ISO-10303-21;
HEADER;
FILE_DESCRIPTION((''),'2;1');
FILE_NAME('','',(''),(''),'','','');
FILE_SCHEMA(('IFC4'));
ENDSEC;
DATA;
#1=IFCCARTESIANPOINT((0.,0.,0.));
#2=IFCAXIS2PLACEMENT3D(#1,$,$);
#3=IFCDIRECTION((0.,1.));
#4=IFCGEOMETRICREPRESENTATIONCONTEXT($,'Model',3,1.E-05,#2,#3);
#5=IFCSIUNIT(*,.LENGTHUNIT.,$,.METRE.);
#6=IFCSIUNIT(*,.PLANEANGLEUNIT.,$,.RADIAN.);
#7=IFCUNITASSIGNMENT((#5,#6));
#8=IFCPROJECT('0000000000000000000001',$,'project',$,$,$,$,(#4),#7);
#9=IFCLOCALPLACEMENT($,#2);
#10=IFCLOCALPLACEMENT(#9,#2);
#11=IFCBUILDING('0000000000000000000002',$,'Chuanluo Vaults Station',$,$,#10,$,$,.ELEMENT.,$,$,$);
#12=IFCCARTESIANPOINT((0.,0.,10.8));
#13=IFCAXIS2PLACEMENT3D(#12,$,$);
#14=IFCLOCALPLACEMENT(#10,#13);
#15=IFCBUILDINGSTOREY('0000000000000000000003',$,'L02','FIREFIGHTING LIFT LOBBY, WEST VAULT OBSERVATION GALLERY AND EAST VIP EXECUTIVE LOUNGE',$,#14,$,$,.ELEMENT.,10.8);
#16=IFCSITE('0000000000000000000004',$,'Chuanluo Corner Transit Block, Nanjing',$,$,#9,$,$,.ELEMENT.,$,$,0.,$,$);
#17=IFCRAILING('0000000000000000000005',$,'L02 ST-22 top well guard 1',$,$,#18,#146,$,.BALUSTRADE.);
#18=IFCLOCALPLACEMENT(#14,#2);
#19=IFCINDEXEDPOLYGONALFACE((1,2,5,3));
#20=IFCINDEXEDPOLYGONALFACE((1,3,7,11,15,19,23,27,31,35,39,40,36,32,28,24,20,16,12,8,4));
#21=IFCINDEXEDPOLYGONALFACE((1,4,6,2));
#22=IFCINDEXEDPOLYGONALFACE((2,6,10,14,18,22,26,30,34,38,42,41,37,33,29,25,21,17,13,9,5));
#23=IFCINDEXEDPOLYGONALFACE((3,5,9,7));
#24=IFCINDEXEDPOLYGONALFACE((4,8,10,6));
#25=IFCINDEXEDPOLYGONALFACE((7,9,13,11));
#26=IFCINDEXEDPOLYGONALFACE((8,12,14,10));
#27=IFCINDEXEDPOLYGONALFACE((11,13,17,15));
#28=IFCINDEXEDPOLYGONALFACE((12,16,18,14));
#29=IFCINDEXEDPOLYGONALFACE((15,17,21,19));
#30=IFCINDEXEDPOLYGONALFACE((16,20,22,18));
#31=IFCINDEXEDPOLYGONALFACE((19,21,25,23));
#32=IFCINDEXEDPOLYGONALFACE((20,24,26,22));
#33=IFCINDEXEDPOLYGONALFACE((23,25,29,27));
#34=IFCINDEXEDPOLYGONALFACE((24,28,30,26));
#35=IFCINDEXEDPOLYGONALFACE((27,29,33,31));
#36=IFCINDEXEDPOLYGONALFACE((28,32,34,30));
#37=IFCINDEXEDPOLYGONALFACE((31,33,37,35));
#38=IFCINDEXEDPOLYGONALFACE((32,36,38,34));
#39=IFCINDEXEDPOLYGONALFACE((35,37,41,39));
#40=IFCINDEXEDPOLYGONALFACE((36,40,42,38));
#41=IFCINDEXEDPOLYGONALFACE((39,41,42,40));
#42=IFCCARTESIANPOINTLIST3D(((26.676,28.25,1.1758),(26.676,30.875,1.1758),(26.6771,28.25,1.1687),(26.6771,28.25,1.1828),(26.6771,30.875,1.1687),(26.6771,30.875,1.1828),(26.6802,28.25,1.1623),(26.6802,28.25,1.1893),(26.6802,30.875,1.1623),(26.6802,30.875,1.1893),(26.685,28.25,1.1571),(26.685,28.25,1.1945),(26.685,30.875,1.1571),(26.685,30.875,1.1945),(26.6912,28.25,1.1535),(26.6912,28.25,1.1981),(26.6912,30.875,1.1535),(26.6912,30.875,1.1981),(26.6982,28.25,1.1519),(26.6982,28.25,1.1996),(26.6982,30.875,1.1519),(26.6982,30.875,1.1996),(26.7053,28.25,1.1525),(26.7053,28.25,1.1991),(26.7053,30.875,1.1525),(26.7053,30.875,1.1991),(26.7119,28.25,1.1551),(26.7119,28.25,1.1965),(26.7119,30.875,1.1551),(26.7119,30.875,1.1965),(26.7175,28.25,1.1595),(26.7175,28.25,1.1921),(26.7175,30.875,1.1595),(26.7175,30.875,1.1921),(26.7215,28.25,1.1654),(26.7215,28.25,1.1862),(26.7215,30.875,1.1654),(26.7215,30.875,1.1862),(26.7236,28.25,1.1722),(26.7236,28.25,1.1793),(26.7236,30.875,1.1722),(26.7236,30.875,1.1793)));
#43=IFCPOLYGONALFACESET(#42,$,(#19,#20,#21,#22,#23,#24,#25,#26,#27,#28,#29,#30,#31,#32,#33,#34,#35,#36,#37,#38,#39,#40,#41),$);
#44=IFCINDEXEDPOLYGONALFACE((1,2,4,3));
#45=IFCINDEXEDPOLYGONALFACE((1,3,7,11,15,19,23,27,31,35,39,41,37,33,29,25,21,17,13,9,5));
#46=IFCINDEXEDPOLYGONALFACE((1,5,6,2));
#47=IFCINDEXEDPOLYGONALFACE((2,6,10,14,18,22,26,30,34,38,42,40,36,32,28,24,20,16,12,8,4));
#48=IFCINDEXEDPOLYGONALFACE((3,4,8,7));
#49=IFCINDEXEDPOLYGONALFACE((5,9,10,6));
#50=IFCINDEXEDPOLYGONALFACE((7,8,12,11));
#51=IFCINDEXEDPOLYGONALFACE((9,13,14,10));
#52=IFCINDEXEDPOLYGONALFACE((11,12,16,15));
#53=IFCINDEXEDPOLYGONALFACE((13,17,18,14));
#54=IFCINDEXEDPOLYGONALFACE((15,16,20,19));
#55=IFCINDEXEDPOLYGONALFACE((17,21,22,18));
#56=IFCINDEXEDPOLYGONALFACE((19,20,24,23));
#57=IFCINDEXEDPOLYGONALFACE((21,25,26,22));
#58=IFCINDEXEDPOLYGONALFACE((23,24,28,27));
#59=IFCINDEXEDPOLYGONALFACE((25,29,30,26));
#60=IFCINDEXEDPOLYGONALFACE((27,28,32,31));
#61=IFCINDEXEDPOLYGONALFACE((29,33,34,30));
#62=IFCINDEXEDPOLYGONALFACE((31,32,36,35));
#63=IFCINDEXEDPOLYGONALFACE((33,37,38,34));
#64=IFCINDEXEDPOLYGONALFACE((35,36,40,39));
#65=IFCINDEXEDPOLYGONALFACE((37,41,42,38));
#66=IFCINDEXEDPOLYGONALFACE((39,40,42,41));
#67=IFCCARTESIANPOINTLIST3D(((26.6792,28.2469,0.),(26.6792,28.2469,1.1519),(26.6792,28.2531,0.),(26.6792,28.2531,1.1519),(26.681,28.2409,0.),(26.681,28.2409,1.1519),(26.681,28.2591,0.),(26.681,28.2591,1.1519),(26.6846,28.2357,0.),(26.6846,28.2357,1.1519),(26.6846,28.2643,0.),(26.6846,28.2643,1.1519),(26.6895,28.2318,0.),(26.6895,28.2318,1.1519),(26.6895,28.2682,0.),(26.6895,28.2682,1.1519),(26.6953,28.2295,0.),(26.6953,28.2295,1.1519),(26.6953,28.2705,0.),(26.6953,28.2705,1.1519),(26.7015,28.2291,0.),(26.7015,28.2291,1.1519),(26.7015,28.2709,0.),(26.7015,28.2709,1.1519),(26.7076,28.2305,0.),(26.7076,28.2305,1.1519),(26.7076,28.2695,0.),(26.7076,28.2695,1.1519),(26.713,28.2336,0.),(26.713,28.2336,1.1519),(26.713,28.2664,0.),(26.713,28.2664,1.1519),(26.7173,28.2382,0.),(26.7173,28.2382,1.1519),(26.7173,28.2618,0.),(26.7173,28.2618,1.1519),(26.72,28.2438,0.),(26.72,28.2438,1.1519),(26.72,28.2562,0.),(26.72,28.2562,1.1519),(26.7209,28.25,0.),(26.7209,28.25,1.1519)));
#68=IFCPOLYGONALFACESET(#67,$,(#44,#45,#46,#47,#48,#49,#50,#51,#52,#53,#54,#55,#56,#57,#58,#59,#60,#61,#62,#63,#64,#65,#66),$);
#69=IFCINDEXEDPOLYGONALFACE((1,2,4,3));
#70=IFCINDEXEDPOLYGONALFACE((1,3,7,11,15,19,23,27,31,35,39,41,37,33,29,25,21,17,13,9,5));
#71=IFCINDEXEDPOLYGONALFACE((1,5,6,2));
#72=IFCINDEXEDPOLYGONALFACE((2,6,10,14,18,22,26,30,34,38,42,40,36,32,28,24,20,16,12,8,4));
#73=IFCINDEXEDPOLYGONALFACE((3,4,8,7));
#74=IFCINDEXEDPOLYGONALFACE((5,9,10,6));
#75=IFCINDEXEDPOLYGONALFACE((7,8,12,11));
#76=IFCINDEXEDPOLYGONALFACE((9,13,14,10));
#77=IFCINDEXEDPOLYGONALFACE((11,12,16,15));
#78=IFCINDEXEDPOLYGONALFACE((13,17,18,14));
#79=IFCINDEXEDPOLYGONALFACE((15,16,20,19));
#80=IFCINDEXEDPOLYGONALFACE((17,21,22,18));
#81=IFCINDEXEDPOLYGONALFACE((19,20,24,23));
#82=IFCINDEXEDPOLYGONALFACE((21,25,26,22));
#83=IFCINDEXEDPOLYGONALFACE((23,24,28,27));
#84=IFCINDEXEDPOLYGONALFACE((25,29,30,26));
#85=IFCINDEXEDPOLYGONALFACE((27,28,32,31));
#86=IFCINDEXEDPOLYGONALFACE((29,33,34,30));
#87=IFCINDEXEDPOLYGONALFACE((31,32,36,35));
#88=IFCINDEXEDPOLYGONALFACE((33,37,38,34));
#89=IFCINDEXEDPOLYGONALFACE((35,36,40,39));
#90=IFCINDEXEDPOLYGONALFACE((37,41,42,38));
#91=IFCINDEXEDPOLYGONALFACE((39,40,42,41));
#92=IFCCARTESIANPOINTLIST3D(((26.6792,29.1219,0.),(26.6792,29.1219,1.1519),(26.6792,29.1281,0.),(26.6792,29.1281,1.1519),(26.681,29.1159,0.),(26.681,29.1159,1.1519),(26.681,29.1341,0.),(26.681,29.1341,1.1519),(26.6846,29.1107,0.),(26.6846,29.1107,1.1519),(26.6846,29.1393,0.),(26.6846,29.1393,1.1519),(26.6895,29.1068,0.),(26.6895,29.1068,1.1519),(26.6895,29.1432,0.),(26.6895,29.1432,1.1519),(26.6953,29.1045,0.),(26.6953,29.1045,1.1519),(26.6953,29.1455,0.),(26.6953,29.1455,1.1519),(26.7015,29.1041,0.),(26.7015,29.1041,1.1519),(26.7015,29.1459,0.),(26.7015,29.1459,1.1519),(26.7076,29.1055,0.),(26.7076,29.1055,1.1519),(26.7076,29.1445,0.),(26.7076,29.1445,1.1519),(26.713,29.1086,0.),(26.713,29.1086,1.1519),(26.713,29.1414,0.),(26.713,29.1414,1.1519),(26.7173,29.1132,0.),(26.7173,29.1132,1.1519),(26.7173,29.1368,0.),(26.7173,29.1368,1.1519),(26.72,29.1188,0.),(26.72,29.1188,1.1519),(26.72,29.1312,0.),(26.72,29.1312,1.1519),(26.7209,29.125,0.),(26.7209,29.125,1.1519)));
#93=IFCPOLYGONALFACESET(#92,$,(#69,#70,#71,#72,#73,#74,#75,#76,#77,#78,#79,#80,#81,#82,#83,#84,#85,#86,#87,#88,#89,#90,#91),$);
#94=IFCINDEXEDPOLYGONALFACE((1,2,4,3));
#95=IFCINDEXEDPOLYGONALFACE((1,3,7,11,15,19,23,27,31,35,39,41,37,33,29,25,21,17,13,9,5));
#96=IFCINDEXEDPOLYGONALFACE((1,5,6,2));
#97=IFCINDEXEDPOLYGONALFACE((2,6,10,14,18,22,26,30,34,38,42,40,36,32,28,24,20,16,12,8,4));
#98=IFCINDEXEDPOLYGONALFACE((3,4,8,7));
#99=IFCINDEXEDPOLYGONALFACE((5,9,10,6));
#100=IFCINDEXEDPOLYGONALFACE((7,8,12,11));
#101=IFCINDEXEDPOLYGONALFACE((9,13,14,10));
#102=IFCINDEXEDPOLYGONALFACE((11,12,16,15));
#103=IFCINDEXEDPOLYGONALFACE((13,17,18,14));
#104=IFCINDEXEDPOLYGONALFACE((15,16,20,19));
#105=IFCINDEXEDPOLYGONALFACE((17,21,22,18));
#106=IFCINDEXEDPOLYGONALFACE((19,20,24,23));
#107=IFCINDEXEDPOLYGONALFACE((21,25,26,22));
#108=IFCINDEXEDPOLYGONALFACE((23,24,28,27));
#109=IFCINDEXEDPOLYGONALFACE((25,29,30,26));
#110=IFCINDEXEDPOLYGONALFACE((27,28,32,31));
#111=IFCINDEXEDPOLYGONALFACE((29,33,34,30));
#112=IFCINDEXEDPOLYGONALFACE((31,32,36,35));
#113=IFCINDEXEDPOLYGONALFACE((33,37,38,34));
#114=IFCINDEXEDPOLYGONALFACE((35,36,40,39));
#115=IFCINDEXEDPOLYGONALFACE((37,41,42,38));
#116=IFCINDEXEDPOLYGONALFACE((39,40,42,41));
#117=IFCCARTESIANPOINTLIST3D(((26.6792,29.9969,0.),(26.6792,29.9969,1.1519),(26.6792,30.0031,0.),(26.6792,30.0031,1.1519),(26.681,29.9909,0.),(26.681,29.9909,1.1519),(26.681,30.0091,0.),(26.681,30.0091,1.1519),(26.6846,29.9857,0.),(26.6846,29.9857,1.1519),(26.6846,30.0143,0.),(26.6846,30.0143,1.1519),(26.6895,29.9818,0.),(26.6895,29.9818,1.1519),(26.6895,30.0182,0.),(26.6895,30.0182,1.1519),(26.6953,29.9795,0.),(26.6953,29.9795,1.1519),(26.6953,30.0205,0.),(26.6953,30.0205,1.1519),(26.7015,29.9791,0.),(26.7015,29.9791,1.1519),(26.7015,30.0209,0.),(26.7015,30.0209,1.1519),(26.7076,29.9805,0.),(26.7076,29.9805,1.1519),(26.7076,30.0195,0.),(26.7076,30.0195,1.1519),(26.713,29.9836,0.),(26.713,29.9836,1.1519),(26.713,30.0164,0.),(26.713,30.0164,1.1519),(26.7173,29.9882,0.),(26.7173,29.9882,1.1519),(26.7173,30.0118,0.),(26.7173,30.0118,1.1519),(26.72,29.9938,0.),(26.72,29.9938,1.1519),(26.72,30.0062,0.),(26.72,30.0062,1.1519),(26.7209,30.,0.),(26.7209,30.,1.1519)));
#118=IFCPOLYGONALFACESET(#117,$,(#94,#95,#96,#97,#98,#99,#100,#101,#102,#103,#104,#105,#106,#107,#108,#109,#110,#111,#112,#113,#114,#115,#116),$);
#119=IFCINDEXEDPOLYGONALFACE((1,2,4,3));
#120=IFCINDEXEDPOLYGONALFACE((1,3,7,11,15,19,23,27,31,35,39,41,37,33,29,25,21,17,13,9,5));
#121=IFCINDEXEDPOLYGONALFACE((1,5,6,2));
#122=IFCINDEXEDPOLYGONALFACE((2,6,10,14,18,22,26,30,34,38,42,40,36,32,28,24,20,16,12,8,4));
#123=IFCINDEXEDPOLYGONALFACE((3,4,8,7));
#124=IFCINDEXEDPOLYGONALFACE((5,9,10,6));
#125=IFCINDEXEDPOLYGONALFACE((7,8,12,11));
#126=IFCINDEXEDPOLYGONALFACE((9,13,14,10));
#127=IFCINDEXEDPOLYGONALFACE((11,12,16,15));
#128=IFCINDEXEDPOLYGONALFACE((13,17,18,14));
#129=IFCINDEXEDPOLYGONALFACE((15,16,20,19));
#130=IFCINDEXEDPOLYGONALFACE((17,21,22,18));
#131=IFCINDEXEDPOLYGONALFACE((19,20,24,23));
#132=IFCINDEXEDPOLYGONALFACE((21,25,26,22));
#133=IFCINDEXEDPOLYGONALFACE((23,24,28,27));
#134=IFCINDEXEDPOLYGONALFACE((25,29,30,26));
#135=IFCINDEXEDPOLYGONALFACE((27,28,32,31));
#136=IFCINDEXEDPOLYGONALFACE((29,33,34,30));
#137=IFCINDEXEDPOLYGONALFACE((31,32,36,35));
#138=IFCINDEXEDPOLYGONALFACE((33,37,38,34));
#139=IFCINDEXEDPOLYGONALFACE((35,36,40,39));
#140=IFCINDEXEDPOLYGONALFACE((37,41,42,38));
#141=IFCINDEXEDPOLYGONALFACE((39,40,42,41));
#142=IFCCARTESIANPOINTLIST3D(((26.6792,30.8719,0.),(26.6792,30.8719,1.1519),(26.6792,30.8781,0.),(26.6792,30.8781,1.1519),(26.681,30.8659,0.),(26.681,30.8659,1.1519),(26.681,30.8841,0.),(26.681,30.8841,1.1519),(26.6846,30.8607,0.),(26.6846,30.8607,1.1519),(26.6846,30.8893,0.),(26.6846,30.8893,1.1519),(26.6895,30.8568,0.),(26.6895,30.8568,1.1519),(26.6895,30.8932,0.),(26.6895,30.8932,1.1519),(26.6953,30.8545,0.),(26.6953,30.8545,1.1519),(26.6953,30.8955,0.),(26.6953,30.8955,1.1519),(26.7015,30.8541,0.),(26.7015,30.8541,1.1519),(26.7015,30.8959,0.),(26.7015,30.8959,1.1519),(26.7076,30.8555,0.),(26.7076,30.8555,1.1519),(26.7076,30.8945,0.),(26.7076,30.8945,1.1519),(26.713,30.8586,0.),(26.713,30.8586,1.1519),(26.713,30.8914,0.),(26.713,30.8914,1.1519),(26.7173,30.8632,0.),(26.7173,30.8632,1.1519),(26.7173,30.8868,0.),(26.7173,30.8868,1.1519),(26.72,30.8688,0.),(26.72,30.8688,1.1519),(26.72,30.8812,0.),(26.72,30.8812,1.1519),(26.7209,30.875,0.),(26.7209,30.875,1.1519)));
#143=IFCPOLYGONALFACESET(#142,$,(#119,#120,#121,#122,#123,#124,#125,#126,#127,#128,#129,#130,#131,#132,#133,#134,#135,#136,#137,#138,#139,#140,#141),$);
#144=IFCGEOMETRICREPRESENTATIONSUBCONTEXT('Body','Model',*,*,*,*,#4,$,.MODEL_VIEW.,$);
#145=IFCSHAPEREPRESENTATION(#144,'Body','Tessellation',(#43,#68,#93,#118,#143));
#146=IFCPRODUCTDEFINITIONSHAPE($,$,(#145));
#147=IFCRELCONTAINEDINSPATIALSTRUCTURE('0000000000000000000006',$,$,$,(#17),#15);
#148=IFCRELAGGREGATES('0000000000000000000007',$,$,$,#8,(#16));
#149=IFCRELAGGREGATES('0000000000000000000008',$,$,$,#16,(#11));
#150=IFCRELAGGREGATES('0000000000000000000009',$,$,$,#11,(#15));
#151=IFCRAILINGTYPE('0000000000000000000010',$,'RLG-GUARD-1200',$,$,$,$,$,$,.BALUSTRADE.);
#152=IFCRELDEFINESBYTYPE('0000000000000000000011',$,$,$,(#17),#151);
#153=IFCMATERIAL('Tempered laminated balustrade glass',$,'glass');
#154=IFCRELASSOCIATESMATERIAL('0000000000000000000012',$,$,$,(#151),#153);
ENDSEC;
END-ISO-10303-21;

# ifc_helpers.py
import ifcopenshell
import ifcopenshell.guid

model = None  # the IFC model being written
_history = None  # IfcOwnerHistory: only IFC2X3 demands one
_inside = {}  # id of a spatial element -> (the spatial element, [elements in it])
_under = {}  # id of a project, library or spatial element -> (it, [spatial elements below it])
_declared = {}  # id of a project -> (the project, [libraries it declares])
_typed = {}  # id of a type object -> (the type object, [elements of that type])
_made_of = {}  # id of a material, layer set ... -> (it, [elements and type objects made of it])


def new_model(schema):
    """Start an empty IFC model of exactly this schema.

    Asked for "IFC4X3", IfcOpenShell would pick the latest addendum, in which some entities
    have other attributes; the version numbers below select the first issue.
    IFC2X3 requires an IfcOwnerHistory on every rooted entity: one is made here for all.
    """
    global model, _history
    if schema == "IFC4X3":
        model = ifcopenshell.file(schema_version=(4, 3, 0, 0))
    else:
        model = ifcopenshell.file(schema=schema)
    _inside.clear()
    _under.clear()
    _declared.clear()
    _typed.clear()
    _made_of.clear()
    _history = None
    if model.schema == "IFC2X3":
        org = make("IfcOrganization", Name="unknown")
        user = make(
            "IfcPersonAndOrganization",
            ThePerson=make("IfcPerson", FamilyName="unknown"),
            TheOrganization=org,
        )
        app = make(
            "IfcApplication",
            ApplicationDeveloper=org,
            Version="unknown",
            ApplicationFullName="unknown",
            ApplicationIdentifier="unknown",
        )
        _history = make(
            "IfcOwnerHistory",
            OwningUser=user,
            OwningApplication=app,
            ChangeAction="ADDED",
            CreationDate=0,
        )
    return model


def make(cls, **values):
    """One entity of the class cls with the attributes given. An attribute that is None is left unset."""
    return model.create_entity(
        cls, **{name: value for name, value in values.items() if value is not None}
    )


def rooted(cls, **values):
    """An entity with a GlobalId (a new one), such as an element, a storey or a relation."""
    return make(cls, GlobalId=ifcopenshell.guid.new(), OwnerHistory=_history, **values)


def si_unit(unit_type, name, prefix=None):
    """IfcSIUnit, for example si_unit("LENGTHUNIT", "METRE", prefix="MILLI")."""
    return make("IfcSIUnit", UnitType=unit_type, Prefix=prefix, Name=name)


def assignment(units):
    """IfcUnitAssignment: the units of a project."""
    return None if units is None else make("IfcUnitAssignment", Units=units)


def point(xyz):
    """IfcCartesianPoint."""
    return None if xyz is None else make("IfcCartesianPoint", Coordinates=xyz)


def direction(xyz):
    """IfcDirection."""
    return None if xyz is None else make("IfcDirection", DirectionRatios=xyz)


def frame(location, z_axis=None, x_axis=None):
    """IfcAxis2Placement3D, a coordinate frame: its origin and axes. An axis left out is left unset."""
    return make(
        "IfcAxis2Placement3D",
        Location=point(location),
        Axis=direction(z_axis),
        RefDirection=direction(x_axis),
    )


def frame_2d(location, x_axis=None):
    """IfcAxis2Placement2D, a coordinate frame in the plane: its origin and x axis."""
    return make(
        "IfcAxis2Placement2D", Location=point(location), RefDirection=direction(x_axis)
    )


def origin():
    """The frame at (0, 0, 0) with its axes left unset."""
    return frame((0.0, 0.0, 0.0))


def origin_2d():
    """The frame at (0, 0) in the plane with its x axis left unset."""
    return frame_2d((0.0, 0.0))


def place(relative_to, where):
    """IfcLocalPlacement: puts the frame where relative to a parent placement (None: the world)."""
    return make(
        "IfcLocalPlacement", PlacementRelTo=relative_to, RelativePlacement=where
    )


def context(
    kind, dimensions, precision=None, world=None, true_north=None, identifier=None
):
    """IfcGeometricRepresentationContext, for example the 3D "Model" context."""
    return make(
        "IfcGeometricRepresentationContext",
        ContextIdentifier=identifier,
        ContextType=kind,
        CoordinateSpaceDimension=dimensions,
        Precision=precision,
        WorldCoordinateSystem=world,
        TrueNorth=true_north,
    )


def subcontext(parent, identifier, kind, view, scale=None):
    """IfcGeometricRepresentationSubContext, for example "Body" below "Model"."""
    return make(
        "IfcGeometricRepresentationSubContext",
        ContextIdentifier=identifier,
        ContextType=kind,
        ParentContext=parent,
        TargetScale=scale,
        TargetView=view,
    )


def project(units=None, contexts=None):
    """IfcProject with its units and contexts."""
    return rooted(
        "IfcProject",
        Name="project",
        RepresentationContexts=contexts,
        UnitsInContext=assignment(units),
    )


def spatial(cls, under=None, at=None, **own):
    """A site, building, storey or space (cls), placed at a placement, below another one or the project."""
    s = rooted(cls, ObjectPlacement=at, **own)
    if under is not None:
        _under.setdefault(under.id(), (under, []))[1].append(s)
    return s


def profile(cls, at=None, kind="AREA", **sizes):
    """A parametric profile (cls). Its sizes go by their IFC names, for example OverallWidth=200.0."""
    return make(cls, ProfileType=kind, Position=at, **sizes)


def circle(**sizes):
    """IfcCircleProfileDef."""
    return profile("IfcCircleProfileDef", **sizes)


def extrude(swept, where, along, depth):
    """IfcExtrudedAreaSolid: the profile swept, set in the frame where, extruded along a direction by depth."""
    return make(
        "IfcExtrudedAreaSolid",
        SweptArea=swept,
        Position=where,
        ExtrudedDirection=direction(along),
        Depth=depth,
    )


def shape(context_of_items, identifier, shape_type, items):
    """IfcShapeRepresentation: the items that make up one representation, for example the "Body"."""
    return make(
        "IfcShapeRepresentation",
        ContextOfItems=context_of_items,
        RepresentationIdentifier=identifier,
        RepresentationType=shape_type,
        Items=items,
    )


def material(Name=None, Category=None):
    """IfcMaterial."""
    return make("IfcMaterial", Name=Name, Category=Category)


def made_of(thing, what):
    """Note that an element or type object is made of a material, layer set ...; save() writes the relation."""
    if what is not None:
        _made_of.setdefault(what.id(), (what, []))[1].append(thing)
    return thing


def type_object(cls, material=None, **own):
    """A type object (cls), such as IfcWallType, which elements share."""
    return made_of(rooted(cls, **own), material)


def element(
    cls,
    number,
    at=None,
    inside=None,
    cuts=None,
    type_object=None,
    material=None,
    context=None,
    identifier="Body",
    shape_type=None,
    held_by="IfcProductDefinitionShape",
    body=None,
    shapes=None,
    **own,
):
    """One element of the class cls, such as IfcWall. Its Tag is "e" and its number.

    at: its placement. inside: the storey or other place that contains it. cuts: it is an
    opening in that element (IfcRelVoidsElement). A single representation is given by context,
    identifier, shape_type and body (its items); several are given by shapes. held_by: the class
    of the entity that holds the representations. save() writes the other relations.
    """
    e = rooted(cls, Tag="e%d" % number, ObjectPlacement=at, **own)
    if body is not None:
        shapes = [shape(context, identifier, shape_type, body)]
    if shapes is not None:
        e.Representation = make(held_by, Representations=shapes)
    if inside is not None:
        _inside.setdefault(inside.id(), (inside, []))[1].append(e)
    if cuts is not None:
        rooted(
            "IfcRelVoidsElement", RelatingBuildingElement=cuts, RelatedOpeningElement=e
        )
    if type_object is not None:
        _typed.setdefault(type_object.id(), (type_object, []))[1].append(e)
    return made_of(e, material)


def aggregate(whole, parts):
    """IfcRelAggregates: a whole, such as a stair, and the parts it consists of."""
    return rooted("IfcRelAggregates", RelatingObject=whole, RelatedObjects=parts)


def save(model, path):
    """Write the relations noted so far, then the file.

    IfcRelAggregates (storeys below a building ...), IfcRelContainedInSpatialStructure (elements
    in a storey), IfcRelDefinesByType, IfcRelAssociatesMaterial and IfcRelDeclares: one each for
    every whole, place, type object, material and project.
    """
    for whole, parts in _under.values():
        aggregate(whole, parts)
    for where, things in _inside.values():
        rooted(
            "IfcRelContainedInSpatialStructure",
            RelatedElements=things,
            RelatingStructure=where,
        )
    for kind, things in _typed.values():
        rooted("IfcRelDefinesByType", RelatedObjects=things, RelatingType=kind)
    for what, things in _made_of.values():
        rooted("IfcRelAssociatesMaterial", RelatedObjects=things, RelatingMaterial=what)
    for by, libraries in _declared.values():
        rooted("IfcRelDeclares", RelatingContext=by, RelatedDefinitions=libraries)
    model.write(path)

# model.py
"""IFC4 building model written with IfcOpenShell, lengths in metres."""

from ifc_helpers import new_model, si_unit, direction, frame, origin, origin_2d, place, context, subcontext, project, spatial, circle, extrude, material, type_object, element, save


model = new_model("IFC4")

# Units and contexts
model_context = context("Model", 3, precision=1e-05, world=origin(), true_north=direction((0.0, 1.0)))
body_context = subcontext(model_context, "Body", "Model", "MODEL_VIEW")
ifc_project = project(units=[si_unit("LENGTHUNIT", "METRE"), si_unit("PLANEANGLEUNIT", "RADIAN")], contexts=[model_context])

# Site, building, storey
site_placement = place(None, origin())
site = spatial("IfcSite", under=ifc_project, at=site_placement, Name="Chuanluo Corner Transit Block, Nanjing", CompositionType="ELEMENT", RefElevation=0.0)
building_placement = place(site_placement, origin())
building = spatial("IfcBuilding", under=site, at=building_placement, Name="Chuanluo Vaults Station", CompositionType="ELEMENT")
storey_placement = place(building_placement, frame((0.0, 0.0, 10.8)))
storey = spatial("IfcBuildingStorey", under=building, at=storey_placement, Name="L02", Description="FIREFIGHTING LIFT LOBBY, WEST VAULT OBSERVATION GALLERY AND EAST VIP EXECUTIVE LOUNGE", CompositionType="ELEMENT", Elevation=10.8)

# Railing
ifc_material_1 = material(Name="Tempered laminated balustrade glass", Category="glass")
railing_type = type_object("IfcRailingType", Name="RLG-GUARD-1200", PredefinedType="BALUSTRADE", material=ifc_material_1)
railing_1_placement = place(storey_placement, frame((26.7, 28.25, 0.0)))
element("IfcRailing", 1, at=railing_1_placement, inside=storey, type_object=railing_type, Name="L02 ST-22 top well guard 1", PredefinedType="BALUSTRADE", context=body_context, shape_type="SweptSolid", body=[
    extrude(circle(Radius=0.0239, at=origin_2d()), frame((0.0, 0.0, 1.1758), z_axis=(0.0, 1.0, 0.0), x_axis=(-1.0, 0.0, 0.0)), (0.0, 0.0, 1.0), 2.625),
    extrude(circle(Radius=0.021, at=origin_2d()), origin(), (0.0, 0.0, 1.0), 1.1519),
    extrude(circle(Radius=0.021, at=origin_2d()), frame((0.0, 0.875, 0.0)), (0.0, 0.0, 1.0), 1.1519),
    extrude(circle(Radius=0.021, at=origin_2d()), frame((0.0, 1.75, 0.0)), (0.0, 0.0, 1.0), 1.1519),
    extrude(circle(Radius=0.021, at=origin_2d()), frame((0.0, 2.625, 0.0)), (0.0, 0.0, 1.0), 1.1519),
])

save(model, "model.ifc")
